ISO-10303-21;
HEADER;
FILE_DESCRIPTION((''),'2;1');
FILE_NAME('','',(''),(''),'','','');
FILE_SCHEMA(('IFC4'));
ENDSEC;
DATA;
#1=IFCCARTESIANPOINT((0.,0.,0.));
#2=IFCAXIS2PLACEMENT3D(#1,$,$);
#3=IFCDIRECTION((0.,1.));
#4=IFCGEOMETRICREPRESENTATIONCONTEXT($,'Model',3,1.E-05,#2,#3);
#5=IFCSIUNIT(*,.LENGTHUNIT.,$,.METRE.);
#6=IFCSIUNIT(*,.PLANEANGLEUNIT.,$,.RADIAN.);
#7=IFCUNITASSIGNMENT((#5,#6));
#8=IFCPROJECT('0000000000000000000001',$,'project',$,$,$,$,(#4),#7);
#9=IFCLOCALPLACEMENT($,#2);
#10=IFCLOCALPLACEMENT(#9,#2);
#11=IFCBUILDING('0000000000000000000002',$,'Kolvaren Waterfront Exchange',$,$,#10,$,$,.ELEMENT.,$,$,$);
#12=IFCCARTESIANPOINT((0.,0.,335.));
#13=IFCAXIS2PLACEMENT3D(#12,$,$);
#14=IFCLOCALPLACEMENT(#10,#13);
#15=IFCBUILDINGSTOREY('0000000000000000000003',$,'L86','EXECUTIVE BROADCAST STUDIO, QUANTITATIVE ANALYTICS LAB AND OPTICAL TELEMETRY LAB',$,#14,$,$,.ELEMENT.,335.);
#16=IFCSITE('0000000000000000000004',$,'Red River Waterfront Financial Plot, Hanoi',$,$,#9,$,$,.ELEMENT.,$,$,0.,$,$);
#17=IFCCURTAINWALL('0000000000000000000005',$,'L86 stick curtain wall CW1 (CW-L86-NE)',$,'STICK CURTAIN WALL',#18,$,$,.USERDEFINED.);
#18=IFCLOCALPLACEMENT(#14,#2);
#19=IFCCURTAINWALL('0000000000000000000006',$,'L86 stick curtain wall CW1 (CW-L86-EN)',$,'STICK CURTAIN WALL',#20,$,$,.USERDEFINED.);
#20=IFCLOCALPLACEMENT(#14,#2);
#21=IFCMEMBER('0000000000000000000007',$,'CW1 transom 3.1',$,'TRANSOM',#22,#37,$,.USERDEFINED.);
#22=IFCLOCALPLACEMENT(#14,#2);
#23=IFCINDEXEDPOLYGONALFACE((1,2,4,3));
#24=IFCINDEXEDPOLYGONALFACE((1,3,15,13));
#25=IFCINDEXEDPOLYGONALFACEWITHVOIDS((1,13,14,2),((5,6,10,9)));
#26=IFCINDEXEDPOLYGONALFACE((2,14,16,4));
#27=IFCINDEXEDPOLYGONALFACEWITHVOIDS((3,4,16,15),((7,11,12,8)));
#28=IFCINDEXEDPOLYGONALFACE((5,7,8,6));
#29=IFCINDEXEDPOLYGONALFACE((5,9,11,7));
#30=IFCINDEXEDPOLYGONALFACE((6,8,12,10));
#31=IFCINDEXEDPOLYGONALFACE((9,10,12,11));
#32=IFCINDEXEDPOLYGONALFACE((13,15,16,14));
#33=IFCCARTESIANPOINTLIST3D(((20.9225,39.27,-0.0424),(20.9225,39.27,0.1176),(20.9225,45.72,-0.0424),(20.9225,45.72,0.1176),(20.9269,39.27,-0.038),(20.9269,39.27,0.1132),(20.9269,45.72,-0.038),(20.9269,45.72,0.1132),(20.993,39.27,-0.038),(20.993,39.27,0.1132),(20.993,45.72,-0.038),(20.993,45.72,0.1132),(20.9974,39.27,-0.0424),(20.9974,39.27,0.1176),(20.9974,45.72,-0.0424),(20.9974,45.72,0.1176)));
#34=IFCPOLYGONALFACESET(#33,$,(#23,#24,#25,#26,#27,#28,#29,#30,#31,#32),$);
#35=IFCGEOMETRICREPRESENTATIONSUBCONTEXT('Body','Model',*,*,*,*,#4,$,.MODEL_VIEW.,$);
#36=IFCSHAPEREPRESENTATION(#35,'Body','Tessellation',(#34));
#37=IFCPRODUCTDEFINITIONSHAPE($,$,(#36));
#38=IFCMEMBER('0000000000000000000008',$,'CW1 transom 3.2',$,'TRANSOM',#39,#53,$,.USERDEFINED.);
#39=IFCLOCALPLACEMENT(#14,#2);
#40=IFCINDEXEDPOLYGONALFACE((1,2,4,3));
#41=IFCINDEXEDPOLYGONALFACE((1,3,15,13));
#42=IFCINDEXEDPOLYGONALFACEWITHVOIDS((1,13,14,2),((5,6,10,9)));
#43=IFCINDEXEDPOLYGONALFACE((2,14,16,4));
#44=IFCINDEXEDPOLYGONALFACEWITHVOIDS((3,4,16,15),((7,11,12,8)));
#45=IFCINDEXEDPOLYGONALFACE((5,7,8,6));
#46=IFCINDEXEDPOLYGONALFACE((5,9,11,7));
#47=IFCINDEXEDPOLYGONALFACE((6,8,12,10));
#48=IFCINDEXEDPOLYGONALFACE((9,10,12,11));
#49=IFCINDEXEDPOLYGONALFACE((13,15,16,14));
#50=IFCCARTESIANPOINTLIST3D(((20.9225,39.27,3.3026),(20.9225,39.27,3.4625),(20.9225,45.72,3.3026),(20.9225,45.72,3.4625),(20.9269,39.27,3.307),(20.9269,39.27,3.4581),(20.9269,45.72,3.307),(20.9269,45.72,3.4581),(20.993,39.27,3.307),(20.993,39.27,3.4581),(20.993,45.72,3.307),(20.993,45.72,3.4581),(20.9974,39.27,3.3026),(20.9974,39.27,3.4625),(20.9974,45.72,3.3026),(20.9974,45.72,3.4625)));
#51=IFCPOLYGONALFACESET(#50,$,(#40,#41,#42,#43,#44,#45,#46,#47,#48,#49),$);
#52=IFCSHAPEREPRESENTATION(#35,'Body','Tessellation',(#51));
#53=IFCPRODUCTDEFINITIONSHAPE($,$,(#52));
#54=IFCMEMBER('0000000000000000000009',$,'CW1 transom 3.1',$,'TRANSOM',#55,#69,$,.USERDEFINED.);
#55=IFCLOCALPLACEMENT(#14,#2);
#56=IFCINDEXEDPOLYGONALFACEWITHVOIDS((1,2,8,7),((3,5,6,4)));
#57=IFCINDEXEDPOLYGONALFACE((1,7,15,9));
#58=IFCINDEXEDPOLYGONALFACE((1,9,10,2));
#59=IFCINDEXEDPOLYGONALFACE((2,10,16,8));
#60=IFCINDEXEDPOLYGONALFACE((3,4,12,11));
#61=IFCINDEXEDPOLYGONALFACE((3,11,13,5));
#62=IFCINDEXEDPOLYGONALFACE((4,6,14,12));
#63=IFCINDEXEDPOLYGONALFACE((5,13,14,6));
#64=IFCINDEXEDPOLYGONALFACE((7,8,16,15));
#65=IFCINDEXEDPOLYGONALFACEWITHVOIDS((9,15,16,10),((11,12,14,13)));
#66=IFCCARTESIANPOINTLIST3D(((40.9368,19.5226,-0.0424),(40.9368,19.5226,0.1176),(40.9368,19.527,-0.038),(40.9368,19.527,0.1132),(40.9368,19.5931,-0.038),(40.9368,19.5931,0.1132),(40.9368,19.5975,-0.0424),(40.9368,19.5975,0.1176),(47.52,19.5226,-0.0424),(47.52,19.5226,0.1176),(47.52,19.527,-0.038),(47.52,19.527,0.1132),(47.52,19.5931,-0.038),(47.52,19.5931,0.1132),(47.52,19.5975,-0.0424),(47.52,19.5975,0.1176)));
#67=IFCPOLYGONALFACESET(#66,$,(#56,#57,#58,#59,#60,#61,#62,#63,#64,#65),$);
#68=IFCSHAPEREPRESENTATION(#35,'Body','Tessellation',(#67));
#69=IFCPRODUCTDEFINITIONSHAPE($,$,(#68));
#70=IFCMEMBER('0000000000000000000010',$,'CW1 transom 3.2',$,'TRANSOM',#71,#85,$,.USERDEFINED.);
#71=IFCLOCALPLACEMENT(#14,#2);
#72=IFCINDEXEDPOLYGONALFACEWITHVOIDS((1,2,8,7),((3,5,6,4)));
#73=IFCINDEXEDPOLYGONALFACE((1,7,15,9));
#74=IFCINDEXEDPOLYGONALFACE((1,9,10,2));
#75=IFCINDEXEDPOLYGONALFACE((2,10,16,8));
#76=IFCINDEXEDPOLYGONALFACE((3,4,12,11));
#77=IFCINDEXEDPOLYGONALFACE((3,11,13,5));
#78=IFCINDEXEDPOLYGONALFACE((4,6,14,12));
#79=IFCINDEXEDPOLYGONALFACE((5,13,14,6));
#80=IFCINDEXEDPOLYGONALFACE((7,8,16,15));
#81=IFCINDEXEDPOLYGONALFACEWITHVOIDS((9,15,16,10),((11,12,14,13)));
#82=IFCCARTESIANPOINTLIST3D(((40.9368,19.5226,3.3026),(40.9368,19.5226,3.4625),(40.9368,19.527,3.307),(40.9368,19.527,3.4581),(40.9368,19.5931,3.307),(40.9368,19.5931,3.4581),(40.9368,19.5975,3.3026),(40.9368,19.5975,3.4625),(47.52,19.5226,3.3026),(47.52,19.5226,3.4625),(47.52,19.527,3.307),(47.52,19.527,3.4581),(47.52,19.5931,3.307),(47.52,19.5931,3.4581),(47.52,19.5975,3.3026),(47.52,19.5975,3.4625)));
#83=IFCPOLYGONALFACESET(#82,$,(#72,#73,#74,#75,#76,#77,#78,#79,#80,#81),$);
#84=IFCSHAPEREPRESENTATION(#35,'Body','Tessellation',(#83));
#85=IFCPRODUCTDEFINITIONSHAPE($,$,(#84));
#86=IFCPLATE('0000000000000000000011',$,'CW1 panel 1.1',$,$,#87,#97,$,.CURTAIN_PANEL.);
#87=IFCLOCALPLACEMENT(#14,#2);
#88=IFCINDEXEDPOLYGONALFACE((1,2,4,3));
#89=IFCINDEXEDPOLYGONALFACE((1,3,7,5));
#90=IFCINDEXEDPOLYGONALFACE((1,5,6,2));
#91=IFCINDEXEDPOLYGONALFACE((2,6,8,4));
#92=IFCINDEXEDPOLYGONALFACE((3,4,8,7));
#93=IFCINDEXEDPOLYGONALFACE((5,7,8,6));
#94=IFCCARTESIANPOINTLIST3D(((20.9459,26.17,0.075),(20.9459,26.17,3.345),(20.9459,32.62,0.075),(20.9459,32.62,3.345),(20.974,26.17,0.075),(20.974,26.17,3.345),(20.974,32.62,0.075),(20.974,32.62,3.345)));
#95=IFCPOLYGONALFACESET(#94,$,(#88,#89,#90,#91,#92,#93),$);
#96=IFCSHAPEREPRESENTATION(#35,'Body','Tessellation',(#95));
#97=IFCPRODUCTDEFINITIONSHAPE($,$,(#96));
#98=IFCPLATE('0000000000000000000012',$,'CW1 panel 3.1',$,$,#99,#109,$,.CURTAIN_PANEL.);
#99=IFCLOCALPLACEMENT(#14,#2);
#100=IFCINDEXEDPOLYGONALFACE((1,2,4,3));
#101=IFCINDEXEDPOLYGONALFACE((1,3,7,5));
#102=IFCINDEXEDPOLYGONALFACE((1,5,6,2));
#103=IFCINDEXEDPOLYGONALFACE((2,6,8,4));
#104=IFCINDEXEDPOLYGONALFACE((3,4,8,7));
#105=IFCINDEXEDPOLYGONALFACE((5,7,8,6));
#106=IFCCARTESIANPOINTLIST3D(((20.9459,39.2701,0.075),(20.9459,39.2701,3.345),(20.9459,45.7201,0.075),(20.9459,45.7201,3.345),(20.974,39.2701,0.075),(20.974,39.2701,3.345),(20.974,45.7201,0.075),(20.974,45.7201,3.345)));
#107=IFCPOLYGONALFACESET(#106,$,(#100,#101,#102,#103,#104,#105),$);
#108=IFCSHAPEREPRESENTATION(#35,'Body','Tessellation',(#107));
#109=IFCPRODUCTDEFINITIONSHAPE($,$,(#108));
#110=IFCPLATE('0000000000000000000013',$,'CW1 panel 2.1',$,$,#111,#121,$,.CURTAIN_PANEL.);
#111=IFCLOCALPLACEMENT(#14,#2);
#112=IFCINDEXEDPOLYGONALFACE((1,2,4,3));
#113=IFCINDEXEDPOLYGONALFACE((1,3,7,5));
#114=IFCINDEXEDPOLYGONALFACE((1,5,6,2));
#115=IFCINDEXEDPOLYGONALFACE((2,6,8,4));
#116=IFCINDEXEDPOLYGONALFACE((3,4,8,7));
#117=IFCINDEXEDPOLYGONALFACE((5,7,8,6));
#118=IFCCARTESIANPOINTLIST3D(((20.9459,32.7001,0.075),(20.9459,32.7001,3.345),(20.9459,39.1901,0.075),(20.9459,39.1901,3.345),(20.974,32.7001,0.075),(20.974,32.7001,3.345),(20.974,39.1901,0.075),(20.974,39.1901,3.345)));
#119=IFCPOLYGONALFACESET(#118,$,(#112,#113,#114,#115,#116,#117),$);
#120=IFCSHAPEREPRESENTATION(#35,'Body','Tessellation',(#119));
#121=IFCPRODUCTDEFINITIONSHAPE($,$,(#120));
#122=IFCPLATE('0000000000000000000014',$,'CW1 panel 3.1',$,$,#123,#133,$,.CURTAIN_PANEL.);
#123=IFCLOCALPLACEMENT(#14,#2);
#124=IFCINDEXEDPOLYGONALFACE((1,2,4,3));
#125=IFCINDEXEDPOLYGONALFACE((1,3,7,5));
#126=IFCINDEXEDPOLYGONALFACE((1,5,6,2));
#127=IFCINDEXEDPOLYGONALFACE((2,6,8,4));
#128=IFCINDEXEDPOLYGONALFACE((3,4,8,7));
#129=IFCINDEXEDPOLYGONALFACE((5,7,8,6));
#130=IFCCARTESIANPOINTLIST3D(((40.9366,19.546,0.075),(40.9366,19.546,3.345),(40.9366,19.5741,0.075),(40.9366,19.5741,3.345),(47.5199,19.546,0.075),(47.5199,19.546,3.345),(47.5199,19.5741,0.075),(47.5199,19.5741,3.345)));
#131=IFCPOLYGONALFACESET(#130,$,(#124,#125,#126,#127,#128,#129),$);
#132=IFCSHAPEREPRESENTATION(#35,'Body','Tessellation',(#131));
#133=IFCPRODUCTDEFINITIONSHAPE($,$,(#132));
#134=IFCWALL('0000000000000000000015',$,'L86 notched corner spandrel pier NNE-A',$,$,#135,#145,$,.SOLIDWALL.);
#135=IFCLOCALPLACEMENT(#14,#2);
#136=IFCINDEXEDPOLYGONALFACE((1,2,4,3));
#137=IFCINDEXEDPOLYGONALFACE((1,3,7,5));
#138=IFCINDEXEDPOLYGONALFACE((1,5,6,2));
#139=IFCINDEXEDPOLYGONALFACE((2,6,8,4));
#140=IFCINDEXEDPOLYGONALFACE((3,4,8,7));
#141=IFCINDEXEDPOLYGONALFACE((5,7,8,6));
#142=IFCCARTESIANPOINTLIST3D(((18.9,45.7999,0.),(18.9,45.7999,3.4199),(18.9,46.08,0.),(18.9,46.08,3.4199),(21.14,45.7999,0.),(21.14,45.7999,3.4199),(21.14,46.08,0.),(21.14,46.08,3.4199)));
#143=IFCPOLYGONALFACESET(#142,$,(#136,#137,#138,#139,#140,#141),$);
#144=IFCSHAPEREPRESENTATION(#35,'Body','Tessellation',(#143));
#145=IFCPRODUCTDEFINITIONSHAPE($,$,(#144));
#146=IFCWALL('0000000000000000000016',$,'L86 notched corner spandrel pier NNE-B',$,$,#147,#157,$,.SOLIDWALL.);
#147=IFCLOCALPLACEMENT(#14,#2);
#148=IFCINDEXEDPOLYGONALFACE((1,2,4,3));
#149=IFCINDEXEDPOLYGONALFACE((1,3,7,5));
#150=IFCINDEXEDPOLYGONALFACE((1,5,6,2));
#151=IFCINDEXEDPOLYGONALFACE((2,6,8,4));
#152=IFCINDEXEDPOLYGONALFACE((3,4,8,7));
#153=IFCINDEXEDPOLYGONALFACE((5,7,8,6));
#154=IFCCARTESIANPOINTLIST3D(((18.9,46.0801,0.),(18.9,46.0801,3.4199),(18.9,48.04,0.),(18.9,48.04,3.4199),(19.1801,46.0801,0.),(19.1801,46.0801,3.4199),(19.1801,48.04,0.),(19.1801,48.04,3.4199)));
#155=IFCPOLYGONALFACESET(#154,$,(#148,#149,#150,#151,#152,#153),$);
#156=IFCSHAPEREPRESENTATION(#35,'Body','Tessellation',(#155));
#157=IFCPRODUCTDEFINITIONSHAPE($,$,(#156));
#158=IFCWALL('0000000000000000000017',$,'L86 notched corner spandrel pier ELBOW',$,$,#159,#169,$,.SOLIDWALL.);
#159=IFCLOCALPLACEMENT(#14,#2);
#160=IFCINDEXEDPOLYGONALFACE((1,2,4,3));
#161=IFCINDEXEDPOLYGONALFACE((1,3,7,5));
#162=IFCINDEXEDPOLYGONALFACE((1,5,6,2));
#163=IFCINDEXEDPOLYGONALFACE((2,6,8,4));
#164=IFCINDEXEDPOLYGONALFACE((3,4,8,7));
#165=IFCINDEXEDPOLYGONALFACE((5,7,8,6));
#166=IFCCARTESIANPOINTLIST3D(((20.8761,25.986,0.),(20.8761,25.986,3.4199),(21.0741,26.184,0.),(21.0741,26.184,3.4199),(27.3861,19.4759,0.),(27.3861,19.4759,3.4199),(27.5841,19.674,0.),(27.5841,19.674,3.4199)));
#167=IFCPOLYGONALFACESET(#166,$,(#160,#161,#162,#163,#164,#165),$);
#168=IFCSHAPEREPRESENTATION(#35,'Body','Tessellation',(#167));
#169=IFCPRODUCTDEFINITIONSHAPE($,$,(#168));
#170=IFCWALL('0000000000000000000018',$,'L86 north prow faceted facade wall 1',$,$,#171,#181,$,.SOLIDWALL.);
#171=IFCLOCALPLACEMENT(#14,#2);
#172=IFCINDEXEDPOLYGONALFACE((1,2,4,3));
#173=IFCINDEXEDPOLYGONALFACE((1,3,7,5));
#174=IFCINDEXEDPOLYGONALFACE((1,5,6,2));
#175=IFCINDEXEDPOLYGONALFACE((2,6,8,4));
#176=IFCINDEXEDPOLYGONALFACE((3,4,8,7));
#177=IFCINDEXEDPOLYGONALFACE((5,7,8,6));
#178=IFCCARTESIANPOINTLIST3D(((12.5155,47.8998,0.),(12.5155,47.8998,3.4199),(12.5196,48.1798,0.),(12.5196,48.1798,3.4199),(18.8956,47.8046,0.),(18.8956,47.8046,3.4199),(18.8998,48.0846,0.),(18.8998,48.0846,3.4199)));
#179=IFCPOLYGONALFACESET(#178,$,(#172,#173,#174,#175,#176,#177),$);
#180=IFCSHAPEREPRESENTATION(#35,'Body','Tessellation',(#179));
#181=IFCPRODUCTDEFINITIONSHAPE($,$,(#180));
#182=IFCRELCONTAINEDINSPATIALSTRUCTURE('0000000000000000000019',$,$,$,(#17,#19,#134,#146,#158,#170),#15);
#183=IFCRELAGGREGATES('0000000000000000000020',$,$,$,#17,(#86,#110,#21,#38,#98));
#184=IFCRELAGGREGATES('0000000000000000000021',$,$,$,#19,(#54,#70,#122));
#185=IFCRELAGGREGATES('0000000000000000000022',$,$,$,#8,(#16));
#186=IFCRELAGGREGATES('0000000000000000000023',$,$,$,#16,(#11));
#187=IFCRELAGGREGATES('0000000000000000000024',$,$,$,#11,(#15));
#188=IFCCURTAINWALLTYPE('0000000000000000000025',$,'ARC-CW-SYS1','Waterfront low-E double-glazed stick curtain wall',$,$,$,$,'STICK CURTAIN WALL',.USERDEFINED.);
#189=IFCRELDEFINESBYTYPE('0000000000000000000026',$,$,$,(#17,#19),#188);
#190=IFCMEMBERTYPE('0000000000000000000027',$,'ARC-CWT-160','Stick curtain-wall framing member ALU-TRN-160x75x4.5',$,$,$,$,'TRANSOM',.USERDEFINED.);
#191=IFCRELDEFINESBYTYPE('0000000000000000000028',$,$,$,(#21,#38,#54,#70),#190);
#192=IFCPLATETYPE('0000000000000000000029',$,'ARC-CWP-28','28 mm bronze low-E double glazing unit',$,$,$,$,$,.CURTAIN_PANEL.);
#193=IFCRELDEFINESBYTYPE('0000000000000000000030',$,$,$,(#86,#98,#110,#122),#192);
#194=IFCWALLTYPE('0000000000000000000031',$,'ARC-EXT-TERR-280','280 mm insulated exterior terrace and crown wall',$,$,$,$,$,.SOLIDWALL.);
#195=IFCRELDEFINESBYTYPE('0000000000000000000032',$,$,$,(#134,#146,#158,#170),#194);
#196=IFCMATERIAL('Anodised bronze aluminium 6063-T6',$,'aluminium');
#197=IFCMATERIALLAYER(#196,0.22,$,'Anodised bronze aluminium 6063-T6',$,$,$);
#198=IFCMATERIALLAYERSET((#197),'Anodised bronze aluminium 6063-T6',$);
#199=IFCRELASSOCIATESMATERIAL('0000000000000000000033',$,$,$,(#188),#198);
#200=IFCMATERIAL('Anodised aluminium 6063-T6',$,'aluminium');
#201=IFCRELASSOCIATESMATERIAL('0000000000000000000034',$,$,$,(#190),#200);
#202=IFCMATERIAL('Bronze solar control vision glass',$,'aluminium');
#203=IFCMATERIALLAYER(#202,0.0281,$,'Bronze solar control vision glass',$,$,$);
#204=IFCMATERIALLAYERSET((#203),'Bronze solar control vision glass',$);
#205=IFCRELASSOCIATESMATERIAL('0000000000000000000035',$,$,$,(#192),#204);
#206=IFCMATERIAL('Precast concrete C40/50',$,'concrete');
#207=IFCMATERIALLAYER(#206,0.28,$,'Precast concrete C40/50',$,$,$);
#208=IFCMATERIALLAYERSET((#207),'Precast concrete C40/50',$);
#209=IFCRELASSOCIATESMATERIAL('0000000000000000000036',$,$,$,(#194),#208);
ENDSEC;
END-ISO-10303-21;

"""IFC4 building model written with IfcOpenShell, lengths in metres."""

from ifc_helpers import new_model, si_unit, direction, frame, frame_2d, origin, origin_with_axes, origin_2d, place, context, subcontext, project, spatial, rectangle, hollow_rectangle, extrude, source, transform, mapped, material, layer, layer_set, material_profile, profile_set, type_object, element, aggregate, save


model = new_model("IFC4")

# Units and contexts
model_context = context("Model", 3, precision=1e-05, world=origin(), true_north=direction((0.0, 1.0)))
body_context = subcontext(model_context, "Body", "Model", "MODEL_VIEW")
ifc_project = project(units=[si_unit("LENGTHUNIT", "METRE"), si_unit("PLANEANGLEUNIT", "RADIAN")], contexts=[model_context])

# Site, building, storey
site_placement = place(None, origin())
site = spatial("IfcSite", under=ifc_project, at=site_placement, Name="Red River Waterfront Financial Plot, Hanoi", CompositionType="ELEMENT", RefElevation=0.0)
building_placement = place(site_placement, origin())
building = spatial("IfcBuilding", under=site, at=building_placement, Name="Kolvaren Waterfront Exchange", CompositionType="ELEMENT")
storey_placement = place(building_placement, frame((0.0, 0.0, 335.0)))
storey = spatial("IfcBuildingStorey", under=building, at=storey_placement, Name="L86", Description="EXECUTIVE BROADCAST STUDIO, QUANTITATIVE ANALYTICS LAB AND OPTICAL TELEMETRY LAB", CompositionType="ELEMENT", Elevation=335.0)

# Curtain walls
ifc_material_1 = material(Name="Anodised bronze aluminium 6063-T6", Category="aluminium")
ifc_layer_1 = layer(ifc_material_1, 0.22, Name="Anodised bronze aluminium 6063-T6")
ifc_layer_set_1 = layer_set([ifc_layer_1], Name="Anodised bronze aluminium 6063-T6")
curtain_wall_type = type_object("IfcCurtainWallType", Name="ARC-CW-SYS1", Description="Waterfront low-E double-glazed stick curtain wall", ElementType="STICK CURTAIN WALL", PredefinedType="USERDEFINED", material=ifc_layer_set_1)
curtain_wall_1_placement = place(storey_placement, origin())
curtain_wall_1 = element("IfcCurtainWall", 1, at=curtain_wall_1_placement, inside=storey, type_object=curtain_wall_type, Name="L86 stick curtain wall CW1 (CW-L86-NE)", ObjectType="STICK CURTAIN WALL", PredefinedType="USERDEFINED")
ifc_material_2 = material(Name="Anodised aluminium 6063-T6", Category="aluminium")
curtain_wall_2_placement = place(storey_placement, origin())
curtain_wall_2 = element("IfcCurtainWall", 2, at=curtain_wall_2_placement, inside=storey, type_object=curtain_wall_type, Name="L86 stick curtain wall CW1 (CW-L86-EN)", ObjectType="STICK CURTAIN WALL", PredefinedType="USERDEFINED")

# Members
ifc_material_profile_1 = material_profile(ifc_material_2, hollow_rectangle(XDim=0.075, YDim=0.1599, WallThickness=0.0044, at=origin_2d()), Name="ALU-TRN-160x75x4.5")
ifc_profile_set_1 = profile_set([ifc_material_profile_1], Name="Anodised aluminium 6063-T6")
member_type_1 = type_object("IfcMemberType", Name="ARC-CWT-160", Description="Stick curtain-wall framing member ALU-TRN-160x75x4.5", ElementType="TRANSOM", PredefinedType="USERDEFINED", material=ifc_profile_set_1)
shared_shape_1 = source(origin_with_axes(), body_context, "Body", "SweptSolid", [
    extrude(hollow_rectangle(XDim=0.075, YDim=0.1599, WallThickness=0.0044, at=origin_2d()), origin(), (0.0, 0.0, 1.0), 6.45),
])
member_1_placement = place(storey_placement, frame((20.96, 39.27, 0.0376), z_axis=(0.0, 1.0, 0.0), x_axis=(-1.0, 0.0, 0.0)))
member_1 = element("IfcMember", 3, at=member_1_placement, type_object=member_type_1, Name="CW1 transom 3.1", ObjectType="TRANSOM", PredefinedType="USERDEFINED", context=body_context, shape_type="MappedRepresentation", body=[
    mapped(shared_shape_1, transform((0.0, 0.0, 0.0), x_axis=(1.0, 0.0, 0.0), y_axis=(0.0, 1.0, 0.0), z_axis=(0.0, 0.0, 1.0), scale=1.0)),
])
member_2_placement = place(storey_placement, frame((20.96, 39.27, 3.3826), z_axis=(0.0, 1.0, 0.0), x_axis=(-1.0, 0.0, 0.0)))
member_2 = element("IfcMember", 4, at=member_2_placement, type_object=member_type_1, Name="CW1 transom 3.2", ObjectType="TRANSOM", PredefinedType="USERDEFINED", context=body_context, shape_type="MappedRepresentation", body=[
    mapped(shared_shape_1, transform((0.0, 0.0, 0.0), x_axis=(1.0, 0.0, 0.0), y_axis=(0.0, 1.0, 0.0), z_axis=(0.0, 0.0, 1.0), scale=1.0)),
])
shared_shape_2 = source(origin_with_axes(), body_context, "Body", "SweptSolid", [
    extrude(hollow_rectangle(XDim=0.075, YDim=0.1599, WallThickness=0.0044, at=origin_2d()), origin(), (0.0, 0.0, 1.0), 6.5833),
])
member_3_placement = place(storey_placement, frame((40.9368, 19.5601, 0.0376), z_axis=(1.0, 0.0, 0.0), x_axis=(0.0, 1.0, 0.0)))
member_3 = element("IfcMember", 5, at=member_3_placement, type_object=member_type_1, Name="CW1 transom 3.1", ObjectType="TRANSOM", PredefinedType="USERDEFINED", context=body_context, shape_type="MappedRepresentation", body=[
    mapped(shared_shape_2, transform((0.0, 0.0, 0.0), x_axis=(1.0, 0.0, 0.0), y_axis=(0.0, 1.0, 0.0), z_axis=(0.0, 0.0, 1.0), scale=1.0)),
])
member_4_placement = place(storey_placement, frame((40.9368, 19.5601, 3.3826), z_axis=(1.0, 0.0, 0.0), x_axis=(0.0, 1.0, 0.0)))
member_4 = element("IfcMember", 6, at=member_4_placement, type_object=member_type_1, Name="CW1 transom 3.2", ObjectType="TRANSOM", PredefinedType="USERDEFINED", context=body_context, shape_type="MappedRepresentation", body=[
    mapped(shared_shape_2, transform((0.0, 0.0, 0.0), x_axis=(1.0, 0.0, 0.0), y_axis=(0.0, 1.0, 0.0), z_axis=(0.0, 0.0, 1.0), scale=1.0)),
])

# Plates
ifc_material_3 = material(Name="Bronze solar control vision glass", Category="aluminium")
ifc_layer_2 = layer(ifc_material_3, 0.0281, Name="Bronze solar control vision glass")
ifc_layer_set_2 = layer_set([ifc_layer_2], Name="Bronze solar control vision glass")
plate_type = type_object("IfcPlateType", Name="ARC-CWP-28", Description="28 mm bronze low-E double glazing unit", PredefinedType="CURTAIN_PANEL", material=ifc_layer_set_2)
shared_shape_3 = source(origin_with_axes(), body_context, "Body", "SweptSolid", [
    extrude(rectangle(XDim=6.45, YDim=0.0281, at=origin_2d()), origin(), (0.0, 0.0, 1.0), 3.27),
])
plate_1_placement = place(storey_placement, frame((20.96, 29.395, 0.075), z_axis=(0.0, 0.0, 1.0), x_axis=(0.0, 1.0, 0.0)))
plate_1 = element("IfcPlate", 7, at=plate_1_placement, type_object=plate_type, Name="CW1 panel 1.1", PredefinedType="CURTAIN_PANEL", context=body_context, shape_type="MappedRepresentation", body=[
    mapped(shared_shape_3, transform((0.0, 0.0, 0.0), x_axis=(1.0, 0.0, 0.0), y_axis=(0.0, 1.0, 0.0), z_axis=(0.0, 0.0, 1.0), scale=1.0)),
])
plate_2_placement = place(storey_placement, frame((20.96, 42.4951, 0.075), z_axis=(0.0, 0.0, 1.0), x_axis=(0.0, 1.0, 0.0)))
plate_2 = element("IfcPlate", 8, at=plate_2_placement, type_object=plate_type, Name="CW1 panel 3.1", PredefinedType="CURTAIN_PANEL", context=body_context, shape_type="MappedRepresentation", body=[
    mapped(shared_shape_3, transform((0.0, 0.0, 0.0), x_axis=(1.0, 0.0, 0.0), y_axis=(0.0, 1.0, 0.0), z_axis=(0.0, 0.0, 1.0), scale=1.0)),
])
shared_shape_4 = source(origin_with_axes(), body_context, "Body", "SweptSolid", [
    extrude(rectangle(XDim=6.49, YDim=0.0281, at=origin_2d()), origin(), (0.0, 0.0, 1.0), 3.27),
])
plate_3_placement = place(storey_placement, frame((20.96, 35.9451, 0.075), z_axis=(0.0, 0.0, 1.0), x_axis=(0.0, 1.0, 0.0)))
plate_3 = element("IfcPlate", 9, at=plate_3_placement, type_object=plate_type, Name="CW1 panel 2.1", PredefinedType="CURTAIN_PANEL", context=body_context, shape_type="MappedRepresentation", body=[
    mapped(shared_shape_4, transform((0.0, 0.0, 0.0), x_axis=(1.0, 0.0, 0.0), y_axis=(0.0, 1.0, 0.0), z_axis=(0.0, 0.0, 1.0), scale=1.0)),
])
aggregate(curtain_wall_1, [plate_1, plate_3, member_1, member_2, plate_2])
shared_shape_5 = source(origin_with_axes(), body_context, "Body", "SweptSolid", [
    extrude(rectangle(XDim=6.5833, YDim=0.0281, at=origin_2d()), origin(), (0.0, 0.0, 1.0), 3.27),
])
plate_4_placement = place(storey_placement, frame((44.2283, 19.5601, 0.075), z_axis=(0.0, 0.0, 1.0), x_axis=(1.0, 0.0, 0.0)))
plate_4 = element("IfcPlate", 10, at=plate_4_placement, type_object=plate_type, Name="CW1 panel 3.1", PredefinedType="CURTAIN_PANEL", context=body_context, shape_type="MappedRepresentation", body=[
    mapped(shared_shape_5, transform((0.0, 0.0, 0.0), x_axis=(1.0, 0.0, 0.0), y_axis=(0.0, 1.0, 0.0), z_axis=(0.0, 0.0, 1.0), scale=1.0)),
])
aggregate(curtain_wall_2, [member_3, member_4, plate_4])

# Walls
ifc_material_4 = material(Name="Precast concrete C40/50", Category="concrete")
ifc_layer_3 = layer(ifc_material_4, 0.28, Name="Precast concrete C40/50")
ifc_layer_set_3 = layer_set([ifc_layer_3], Name="Precast concrete C40/50")
wall_type = type_object("IfcWallType", Name="ARC-EXT-TERR-280", Description="280 mm insulated exterior terrace and crown wall", PredefinedType="SOLIDWALL", material=ifc_layer_set_3)
wall_1_placement = place(storey_placement, frame((18.8999, 45.9399, 0.0), z_axis=(0.0, 0.0, 1.0), x_axis=(1.0, 0.0, 0.0)))
element("IfcWall", 11, at=wall_1_placement, inside=storey, type_object=wall_type, Name="L86 notched corner spandrel pier NNE-A", PredefinedType="SOLIDWALL", context=body_context, shape_type="SweptSolid", body=[
    extrude(rectangle(XDim=2.24, YDim=0.28, at=frame_2d((1.1201, 0.0))), origin(), (0.0, 0.0, 1.0), 3.4199),
])
wall_2_placement = place(storey_placement, frame((19.04, 46.0801, 0.0), z_axis=(0.0, 0.0, 1.0), x_axis=(0.0, 1.0, 0.0)))
element("IfcWall", 12, at=wall_2_placement, inside=storey, type_object=wall_type, Name="L86 notched corner spandrel pier NNE-B", PredefinedType="SOLIDWALL", context=body_context, shape_type="SweptSolid", body=[
    extrude(rectangle(XDim=1.96, YDim=0.28, at=frame_2d((0.98, 0.0))), origin(), (0.0, 0.0, 1.0), 3.4199),
])
wall_3_placement = place(storey_placement, frame((27.4851, 19.575, 0.0), z_axis=(0.0, 0.0, 1.0), x_axis=(-0.707107, 0.707107, 0.0)))
element("IfcWall", 13, at=wall_3_placement, inside=storey, type_object=wall_type, Name="L86 notched corner spandrel pier ELBOW", PredefinedType="SOLIDWALL", context=body_context, shape_type="SweptSolid", body=[
    extrude(rectangle(XDim=9.2065, YDim=0.28, at=frame_2d((4.6033, 0.0))), origin(), (0.0, 0.0, 1.0), 3.4199),
])
wall_4_placement = place(storey_placement, frame((18.8977, 47.9446, 0.0), z_axis=(0.0, 0.0, 1.0), x_axis=(-0.999889, 0.014922, 0.0)))
element("IfcWall", 14, at=wall_4_placement, inside=storey, type_object=wall_type, Name="L86 north prow faceted facade wall 1", PredefinedType="SOLIDWALL", context=body_context, shape_type="SweptSolid", body=[
    extrude(rectangle(XDim=6.3809, YDim=0.28, at=frame_2d((3.1904, 0.0))), origin(), (0.0, 0.0, 1.0), 3.4199),
])

save(model, "model.ifc")
